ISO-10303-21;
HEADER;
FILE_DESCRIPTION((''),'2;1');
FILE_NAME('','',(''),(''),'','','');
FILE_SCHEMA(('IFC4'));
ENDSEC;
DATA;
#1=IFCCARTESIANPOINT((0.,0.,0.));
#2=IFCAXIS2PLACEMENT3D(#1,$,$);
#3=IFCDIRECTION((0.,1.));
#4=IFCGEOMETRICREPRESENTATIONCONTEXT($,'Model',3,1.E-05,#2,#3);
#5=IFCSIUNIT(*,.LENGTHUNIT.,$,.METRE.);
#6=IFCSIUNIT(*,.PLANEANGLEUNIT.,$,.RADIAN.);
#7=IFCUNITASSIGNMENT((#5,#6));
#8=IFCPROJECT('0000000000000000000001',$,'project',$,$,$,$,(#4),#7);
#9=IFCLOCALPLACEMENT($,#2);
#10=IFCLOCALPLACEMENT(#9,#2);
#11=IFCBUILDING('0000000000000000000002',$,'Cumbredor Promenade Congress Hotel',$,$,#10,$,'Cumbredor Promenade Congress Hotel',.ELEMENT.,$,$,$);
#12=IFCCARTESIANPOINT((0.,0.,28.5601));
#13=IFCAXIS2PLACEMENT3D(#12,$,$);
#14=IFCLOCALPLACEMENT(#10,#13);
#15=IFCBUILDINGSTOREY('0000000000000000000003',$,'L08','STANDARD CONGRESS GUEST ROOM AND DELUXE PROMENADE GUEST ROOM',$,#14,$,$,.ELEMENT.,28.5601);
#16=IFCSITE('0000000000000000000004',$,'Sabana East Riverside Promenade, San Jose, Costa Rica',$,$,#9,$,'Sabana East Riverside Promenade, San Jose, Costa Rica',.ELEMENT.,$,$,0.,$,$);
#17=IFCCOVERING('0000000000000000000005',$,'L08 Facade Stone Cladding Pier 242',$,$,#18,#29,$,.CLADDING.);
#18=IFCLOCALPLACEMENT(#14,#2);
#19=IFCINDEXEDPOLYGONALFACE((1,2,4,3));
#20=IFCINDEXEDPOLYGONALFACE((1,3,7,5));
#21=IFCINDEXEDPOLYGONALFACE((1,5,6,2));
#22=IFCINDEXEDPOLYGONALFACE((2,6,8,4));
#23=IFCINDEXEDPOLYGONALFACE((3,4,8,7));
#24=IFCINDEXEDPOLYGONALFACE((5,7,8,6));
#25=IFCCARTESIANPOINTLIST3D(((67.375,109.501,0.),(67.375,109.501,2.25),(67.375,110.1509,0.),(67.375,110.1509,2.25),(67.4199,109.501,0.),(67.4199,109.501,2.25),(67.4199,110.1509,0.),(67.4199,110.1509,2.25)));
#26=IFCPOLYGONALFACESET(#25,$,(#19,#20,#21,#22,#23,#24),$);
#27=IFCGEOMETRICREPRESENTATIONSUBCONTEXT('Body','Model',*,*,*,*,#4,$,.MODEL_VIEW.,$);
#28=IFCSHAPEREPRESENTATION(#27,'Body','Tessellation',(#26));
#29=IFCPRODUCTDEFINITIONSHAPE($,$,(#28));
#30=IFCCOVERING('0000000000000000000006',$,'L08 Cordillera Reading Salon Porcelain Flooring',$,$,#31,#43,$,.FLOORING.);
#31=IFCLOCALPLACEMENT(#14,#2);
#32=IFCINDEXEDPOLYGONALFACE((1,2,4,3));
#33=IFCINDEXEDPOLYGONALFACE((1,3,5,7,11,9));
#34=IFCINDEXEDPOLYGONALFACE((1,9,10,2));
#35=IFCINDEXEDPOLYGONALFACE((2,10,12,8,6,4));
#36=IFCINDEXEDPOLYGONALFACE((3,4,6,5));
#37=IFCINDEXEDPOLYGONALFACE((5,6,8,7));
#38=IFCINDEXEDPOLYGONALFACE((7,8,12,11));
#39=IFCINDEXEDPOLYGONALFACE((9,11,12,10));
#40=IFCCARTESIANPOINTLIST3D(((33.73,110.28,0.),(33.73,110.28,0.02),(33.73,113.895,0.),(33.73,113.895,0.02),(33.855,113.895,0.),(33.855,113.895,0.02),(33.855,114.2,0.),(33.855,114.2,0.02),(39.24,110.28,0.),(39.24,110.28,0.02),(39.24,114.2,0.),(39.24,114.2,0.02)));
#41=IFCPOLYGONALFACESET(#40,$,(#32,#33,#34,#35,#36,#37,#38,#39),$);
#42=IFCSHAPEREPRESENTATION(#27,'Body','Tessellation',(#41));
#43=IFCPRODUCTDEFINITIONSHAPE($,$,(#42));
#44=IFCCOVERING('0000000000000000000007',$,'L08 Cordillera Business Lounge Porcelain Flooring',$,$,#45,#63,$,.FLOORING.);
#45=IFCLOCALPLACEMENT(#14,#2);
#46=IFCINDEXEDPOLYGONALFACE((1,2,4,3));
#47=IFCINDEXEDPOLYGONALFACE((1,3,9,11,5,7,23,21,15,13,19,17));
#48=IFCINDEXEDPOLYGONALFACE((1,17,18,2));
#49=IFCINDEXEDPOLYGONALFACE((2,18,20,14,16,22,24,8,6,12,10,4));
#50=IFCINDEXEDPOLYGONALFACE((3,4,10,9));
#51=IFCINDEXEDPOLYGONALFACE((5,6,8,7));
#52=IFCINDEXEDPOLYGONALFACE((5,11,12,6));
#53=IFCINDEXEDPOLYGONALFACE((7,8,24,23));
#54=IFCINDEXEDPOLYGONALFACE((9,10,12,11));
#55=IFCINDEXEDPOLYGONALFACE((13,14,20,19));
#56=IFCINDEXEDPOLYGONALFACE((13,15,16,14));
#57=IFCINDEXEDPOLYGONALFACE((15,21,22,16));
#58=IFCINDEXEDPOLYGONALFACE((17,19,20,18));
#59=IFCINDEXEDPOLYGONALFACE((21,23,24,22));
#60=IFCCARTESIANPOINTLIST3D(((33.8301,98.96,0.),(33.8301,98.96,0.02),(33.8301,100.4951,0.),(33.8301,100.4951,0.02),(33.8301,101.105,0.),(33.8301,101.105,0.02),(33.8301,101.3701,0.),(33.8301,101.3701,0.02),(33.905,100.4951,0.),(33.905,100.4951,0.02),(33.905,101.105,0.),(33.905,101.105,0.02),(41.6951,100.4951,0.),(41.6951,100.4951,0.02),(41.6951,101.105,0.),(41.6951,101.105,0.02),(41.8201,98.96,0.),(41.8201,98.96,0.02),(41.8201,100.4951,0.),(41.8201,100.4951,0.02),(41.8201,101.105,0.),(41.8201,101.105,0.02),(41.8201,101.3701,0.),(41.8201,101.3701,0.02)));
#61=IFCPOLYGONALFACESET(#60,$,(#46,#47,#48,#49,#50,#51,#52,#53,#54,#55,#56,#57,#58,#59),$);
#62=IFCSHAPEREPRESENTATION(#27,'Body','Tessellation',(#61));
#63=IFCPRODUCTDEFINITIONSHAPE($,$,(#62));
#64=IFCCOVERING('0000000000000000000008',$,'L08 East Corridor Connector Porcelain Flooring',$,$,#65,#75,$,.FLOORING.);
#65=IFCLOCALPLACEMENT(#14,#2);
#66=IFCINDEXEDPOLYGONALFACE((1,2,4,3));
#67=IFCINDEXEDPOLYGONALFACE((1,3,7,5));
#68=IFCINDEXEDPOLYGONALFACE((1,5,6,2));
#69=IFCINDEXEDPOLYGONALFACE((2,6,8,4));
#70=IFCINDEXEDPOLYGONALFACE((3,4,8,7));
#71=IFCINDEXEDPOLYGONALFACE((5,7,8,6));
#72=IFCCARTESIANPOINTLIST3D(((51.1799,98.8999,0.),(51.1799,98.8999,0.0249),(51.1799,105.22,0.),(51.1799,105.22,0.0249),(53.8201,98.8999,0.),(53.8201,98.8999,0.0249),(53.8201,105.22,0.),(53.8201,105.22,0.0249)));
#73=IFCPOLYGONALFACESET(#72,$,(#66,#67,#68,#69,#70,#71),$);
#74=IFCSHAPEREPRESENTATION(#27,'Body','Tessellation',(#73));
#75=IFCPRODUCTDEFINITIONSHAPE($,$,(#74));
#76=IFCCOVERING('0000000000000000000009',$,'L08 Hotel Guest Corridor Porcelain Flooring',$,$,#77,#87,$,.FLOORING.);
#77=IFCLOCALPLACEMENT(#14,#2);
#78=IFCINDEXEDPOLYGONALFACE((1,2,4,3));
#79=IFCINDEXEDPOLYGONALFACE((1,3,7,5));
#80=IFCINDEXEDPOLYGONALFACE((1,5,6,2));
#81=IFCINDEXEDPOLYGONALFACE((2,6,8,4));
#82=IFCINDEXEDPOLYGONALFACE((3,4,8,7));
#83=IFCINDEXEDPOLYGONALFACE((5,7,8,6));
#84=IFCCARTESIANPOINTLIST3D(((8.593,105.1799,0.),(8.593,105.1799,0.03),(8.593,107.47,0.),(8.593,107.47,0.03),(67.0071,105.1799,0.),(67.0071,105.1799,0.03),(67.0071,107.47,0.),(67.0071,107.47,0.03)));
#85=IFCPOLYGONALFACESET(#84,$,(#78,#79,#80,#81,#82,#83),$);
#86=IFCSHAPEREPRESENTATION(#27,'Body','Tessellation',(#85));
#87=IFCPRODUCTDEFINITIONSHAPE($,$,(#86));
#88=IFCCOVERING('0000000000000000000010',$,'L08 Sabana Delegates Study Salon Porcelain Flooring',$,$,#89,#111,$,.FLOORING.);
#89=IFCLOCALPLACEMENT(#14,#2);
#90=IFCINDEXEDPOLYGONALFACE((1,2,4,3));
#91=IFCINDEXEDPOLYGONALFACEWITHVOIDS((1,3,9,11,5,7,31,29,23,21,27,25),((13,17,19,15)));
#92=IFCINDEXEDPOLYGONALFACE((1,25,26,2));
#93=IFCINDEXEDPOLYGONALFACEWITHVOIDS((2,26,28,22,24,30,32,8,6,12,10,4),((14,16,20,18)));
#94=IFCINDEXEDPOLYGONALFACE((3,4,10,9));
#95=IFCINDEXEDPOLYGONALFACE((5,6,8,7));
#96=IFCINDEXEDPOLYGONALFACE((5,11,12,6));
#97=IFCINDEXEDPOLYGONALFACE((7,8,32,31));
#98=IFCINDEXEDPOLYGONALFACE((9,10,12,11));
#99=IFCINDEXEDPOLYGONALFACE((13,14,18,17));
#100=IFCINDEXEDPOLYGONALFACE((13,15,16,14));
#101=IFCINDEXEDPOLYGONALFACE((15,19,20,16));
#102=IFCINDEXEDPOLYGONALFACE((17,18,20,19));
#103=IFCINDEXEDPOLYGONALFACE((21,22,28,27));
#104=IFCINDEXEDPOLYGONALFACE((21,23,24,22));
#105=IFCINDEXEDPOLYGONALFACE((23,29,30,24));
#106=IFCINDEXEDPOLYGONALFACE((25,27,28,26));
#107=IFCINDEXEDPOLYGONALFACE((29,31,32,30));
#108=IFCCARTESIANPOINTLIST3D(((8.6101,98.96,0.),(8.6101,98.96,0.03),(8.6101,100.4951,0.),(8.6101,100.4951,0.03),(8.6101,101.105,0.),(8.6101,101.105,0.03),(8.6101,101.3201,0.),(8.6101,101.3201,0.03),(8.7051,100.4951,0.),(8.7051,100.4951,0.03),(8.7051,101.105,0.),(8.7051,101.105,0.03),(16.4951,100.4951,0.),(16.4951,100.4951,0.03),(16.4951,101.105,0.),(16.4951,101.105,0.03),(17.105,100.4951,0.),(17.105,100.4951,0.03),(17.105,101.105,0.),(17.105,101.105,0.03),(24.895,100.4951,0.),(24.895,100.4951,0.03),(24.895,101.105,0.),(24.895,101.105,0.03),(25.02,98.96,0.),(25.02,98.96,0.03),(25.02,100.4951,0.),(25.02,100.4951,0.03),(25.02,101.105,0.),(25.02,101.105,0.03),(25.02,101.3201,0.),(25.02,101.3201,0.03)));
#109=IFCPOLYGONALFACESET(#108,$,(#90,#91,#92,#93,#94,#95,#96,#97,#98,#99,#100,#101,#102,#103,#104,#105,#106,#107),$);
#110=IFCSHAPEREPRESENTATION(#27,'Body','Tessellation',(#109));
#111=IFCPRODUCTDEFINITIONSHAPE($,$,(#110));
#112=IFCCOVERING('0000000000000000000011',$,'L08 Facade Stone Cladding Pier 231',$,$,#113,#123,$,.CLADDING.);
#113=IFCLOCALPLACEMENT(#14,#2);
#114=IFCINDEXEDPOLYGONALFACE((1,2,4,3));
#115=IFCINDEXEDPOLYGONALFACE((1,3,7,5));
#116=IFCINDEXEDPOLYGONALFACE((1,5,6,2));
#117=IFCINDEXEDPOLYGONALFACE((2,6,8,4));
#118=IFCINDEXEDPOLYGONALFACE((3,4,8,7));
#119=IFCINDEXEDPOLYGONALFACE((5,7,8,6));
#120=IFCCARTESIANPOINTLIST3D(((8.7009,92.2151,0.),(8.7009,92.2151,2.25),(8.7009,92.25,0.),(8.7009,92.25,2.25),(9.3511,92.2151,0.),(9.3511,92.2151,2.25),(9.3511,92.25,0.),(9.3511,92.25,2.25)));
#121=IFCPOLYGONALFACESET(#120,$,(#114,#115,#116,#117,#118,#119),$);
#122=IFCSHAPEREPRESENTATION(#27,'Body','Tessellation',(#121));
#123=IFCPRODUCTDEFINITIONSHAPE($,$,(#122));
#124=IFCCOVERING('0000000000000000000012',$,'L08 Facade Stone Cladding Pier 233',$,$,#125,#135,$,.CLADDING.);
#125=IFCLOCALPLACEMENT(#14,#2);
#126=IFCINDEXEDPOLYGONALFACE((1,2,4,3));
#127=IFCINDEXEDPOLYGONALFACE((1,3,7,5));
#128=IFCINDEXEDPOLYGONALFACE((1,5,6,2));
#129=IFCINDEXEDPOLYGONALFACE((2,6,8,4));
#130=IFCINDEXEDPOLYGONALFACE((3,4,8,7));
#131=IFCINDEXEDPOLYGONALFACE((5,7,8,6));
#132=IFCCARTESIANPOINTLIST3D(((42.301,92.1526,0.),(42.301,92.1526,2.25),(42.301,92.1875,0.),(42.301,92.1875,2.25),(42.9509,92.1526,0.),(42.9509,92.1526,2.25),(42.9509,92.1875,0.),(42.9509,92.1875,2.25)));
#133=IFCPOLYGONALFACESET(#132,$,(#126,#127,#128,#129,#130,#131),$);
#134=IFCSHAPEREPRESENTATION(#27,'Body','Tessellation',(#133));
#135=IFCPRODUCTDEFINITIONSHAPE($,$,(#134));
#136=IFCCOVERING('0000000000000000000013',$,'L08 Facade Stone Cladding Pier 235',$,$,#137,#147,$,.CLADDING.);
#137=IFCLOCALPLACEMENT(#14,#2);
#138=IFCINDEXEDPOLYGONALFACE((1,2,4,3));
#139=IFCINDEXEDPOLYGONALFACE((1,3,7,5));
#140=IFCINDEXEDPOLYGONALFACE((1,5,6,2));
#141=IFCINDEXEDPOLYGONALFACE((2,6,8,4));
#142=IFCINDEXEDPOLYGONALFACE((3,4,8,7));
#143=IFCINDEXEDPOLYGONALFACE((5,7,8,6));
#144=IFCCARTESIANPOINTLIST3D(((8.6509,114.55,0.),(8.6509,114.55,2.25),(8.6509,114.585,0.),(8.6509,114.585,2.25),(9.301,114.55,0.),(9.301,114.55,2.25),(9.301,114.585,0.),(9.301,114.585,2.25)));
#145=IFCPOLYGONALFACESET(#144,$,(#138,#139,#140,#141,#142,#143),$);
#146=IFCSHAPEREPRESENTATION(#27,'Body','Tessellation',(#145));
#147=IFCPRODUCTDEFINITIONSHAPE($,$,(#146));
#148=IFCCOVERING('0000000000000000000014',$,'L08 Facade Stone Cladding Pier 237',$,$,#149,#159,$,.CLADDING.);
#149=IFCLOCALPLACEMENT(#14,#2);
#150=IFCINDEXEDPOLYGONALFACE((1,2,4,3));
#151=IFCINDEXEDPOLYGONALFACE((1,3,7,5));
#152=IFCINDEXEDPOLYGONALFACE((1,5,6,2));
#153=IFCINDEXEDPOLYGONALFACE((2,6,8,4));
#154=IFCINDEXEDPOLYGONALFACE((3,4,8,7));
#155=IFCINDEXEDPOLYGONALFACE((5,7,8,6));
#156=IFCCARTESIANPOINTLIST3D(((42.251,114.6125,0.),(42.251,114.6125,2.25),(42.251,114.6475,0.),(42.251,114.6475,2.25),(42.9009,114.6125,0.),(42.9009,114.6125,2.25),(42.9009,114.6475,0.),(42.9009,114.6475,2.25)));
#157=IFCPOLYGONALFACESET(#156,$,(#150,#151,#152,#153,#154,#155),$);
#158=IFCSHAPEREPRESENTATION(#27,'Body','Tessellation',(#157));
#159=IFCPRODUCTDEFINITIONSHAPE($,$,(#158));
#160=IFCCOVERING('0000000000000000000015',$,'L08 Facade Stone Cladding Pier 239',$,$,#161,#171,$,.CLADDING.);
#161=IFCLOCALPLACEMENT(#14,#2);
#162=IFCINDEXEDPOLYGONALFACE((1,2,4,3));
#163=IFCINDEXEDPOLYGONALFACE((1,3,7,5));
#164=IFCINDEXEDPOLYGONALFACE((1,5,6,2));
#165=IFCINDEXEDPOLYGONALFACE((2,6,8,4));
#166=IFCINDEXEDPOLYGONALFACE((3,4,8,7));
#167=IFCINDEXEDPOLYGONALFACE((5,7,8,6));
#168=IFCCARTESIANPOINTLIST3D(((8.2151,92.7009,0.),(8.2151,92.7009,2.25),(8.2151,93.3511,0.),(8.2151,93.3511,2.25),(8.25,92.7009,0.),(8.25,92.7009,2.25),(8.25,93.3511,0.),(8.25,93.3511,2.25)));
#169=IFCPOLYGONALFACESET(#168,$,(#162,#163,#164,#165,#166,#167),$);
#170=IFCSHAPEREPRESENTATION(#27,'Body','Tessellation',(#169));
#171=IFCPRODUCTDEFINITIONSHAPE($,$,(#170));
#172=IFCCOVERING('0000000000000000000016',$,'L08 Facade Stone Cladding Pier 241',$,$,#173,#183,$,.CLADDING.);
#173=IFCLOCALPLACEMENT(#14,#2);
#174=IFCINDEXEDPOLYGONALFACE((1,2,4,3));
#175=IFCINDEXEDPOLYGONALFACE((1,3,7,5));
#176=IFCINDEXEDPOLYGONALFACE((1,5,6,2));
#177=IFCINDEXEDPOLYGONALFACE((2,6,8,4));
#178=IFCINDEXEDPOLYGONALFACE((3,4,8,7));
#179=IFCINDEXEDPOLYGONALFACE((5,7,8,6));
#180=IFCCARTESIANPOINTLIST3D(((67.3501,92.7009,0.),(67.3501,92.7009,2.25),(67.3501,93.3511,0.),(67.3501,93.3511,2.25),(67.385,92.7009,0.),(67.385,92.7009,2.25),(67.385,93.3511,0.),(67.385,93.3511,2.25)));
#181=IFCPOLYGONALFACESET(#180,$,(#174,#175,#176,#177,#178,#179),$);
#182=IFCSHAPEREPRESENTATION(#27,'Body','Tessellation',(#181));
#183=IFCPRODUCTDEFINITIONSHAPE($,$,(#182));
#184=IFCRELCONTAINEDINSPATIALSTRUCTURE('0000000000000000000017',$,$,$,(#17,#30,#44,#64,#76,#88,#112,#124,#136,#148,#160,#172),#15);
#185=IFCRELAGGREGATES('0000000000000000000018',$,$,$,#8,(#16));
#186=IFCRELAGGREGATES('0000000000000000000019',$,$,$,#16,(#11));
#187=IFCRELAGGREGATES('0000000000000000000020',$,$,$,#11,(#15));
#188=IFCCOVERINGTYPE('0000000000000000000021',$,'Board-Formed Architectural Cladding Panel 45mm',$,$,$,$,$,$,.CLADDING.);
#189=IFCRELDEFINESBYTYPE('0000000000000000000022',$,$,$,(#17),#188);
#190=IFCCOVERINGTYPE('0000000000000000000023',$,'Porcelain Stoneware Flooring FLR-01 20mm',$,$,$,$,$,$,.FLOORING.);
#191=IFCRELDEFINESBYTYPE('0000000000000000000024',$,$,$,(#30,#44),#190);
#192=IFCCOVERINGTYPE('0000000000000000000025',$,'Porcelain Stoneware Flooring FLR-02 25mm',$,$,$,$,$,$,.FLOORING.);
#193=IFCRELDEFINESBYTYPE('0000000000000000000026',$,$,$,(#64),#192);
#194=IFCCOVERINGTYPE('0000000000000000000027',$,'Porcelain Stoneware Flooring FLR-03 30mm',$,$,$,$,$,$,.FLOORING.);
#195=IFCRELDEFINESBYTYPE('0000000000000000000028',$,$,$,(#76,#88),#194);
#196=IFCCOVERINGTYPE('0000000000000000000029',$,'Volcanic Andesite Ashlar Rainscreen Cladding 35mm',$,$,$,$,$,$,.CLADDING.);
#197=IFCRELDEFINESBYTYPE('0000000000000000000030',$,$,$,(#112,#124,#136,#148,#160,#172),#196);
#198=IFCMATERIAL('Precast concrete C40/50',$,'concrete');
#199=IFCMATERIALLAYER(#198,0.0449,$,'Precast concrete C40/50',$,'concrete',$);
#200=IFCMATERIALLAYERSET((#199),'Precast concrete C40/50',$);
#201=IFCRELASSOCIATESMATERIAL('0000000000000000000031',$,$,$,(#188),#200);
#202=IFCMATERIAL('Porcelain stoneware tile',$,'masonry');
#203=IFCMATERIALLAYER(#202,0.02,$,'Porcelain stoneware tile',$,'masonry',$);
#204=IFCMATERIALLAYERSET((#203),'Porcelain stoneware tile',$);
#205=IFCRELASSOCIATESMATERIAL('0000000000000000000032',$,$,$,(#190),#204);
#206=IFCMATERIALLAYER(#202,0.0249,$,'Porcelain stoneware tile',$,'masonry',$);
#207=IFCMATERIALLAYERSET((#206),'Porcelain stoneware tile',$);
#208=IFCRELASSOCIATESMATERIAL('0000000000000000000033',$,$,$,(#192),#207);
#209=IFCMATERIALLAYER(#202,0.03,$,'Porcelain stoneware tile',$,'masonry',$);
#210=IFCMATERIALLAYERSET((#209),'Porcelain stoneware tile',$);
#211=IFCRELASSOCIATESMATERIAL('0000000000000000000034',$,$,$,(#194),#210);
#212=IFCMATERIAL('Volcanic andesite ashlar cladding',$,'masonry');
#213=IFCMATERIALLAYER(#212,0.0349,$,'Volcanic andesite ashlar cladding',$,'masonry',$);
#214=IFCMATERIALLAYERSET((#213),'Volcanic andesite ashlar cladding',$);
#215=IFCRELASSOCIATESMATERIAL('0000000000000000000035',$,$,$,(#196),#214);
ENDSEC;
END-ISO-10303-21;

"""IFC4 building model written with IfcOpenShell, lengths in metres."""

from ifc_helpers import new_model, si_unit, direction, frame, origin, place, context, subcontext, project, spatial, polyline, outline, extrude, material, layer, layer_set, type_object, element, save


model = new_model("IFC4")

# Units and contexts
model_context = context("Model", 3, precision=1e-05, world=origin(), true_north=direction((0.0, 1.0)))
body_context = subcontext(model_context, "Body", "Model", "MODEL_VIEW")
ifc_project = project(units=[si_unit("LENGTHUNIT", "METRE"), si_unit("PLANEANGLEUNIT", "RADIAN")], contexts=[model_context])

# Site, building, storey
site_placement = place(None, origin())
site = spatial("IfcSite", under=ifc_project, at=site_placement, Name="Sabana East Riverside Promenade, San Jose, Costa Rica", LongName="Sabana East Riverside Promenade, San Jose, Costa Rica", CompositionType="ELEMENT", RefElevation=0.0)
building_placement = place(site_placement, origin())
building = spatial("IfcBuilding", under=site, at=building_placement, Name="Cumbredor Promenade Congress Hotel", LongName="Cumbredor Promenade Congress Hotel", CompositionType="ELEMENT")
storey_placement = place(building_placement, frame((0.0, 0.0, 28.5601)))
storey = spatial("IfcBuildingStorey", under=building, at=storey_placement, Name="L08", Description="STANDARD CONGRESS GUEST ROOM AND DELUXE PROMENADE GUEST ROOM", CompositionType="ELEMENT", Elevation=28.5601)

# Coverings
ifc_material_1 = material(Name="Precast concrete C40/50", Category="concrete")
ifc_layer_1 = layer(ifc_material_1, 0.0449, Name="Precast concrete C40/50", Category="concrete")
ifc_layer_set_1 = layer_set([ifc_layer_1], Name="Precast concrete C40/50")
covering_type_1 = type_object("IfcCoveringType", Name="Board-Formed Architectural Cladding Panel 45mm", PredefinedType="CLADDING", material=ifc_layer_set_1)
covering_1_placement = place(storey_placement, origin())
element("IfcCovering", 1, at=covering_1_placement, inside=storey, type_object=covering_type_1, Name="L08 Facade Stone Cladding Pier 242", PredefinedType="CLADDING", context=body_context, shape_type="SweptSolid", body=[
    extrude(outline(polyline([(67.375, 109.501), (67.375, 110.1509), (67.4199, 110.1509), (67.4199, 109.501), (67.375, 109.501)])), origin(), (0.0, 0.0, 1.0), 2.25),
])
ifc_material_2 = material(Name="Porcelain stoneware tile", Category="masonry")
ifc_layer_2 = layer(ifc_material_2, 0.02, Name="Porcelain stoneware tile", Category="masonry")
ifc_layer_set_2 = layer_set([ifc_layer_2], Name="Porcelain stoneware tile")
covering_type_2 = type_object("IfcCoveringType", Name="Porcelain Stoneware Flooring FLR-01 20mm", PredefinedType="FLOORING", material=ifc_layer_set_2)
covering_2_placement = place(storey_placement, origin())
element("IfcCovering", 2, at=covering_2_placement, inside=storey, type_object=covering_type_2, Name="L08 Cordillera Reading Salon Porcelain Flooring", PredefinedType="FLOORING", context=body_context, shape_type="SweptSolid", body=[
    extrude(outline(polyline([(39.24, 114.2), (39.24, 110.28), (33.73, 110.28), (33.73, 113.895), (33.855, 113.895), (33.855, 114.2), (39.24, 114.2)])), origin(), (0.0, 0.0, 1.0), 0.02),
])
covering_3_placement = place(storey_placement, origin())
element("IfcCovering", 3, at=covering_3_placement, inside=storey, type_object=covering_type_2, Name="L08 Cordillera Business Lounge Porcelain Flooring", PredefinedType="FLOORING", context=body_context, shape_type="SweptSolid", body=[
    extrude(outline(polyline([(41.8201, 101.3701), (41.8201, 101.105), (41.6951, 101.105), (41.6951, 100.4951), (41.8201, 100.4951), (41.8201, 98.96), (33.8301, 98.96), (33.8301, 100.4951), (33.905, 100.4951), (33.905, 101.105), (33.8301, 101.105), (33.8301, 101.3701), (41.8201, 101.3701)])), origin(), (0.0, 0.0, 1.0), 0.02),
])
ifc_layer_3 = layer(ifc_material_2, 0.0249, Name="Porcelain stoneware tile", Category="masonry")
ifc_layer_set_3 = layer_set([ifc_layer_3], Name="Porcelain stoneware tile")
covering_type_3 = type_object("IfcCoveringType", Name="Porcelain Stoneware Flooring FLR-02 25mm", PredefinedType="FLOORING", material=ifc_layer_set_3)
covering_4_placement = place(storey_placement, origin())
element("IfcCovering", 4, at=covering_4_placement, inside=storey, type_object=covering_type_3, Name="L08 East Corridor Connector Porcelain Flooring", PredefinedType="FLOORING", context=body_context, shape_type="SweptSolid", body=[
    extrude(outline(polyline([(53.8201, 98.8999), (53.8201, 105.22), (51.1799, 105.22), (51.1799, 98.8999), (53.8201, 98.8999)])), origin(), (0.0, 0.0, 1.0), 0.0249),
])
ifc_layer_4 = layer(ifc_material_2, 0.03, Name="Porcelain stoneware tile", Category="masonry")
ifc_layer_set_4 = layer_set([ifc_layer_4], Name="Porcelain stoneware tile")
covering_type_4 = type_object("IfcCoveringType", Name="Porcelain Stoneware Flooring FLR-03 30mm", PredefinedType="FLOORING", material=ifc_layer_set_4)
covering_5_placement = place(storey_placement, origin())
element("IfcCovering", 5, at=covering_5_placement, inside=storey, type_object=covering_type_4, Name="L08 Hotel Guest Corridor Porcelain Flooring", PredefinedType="FLOORING", context=body_context, shape_type="SweptSolid", body=[
    extrude(outline(polyline([(67.0071, 105.1799), (67.0071, 107.47), (8.593, 107.47), (8.593, 105.1799), (67.0071, 105.1799)])), origin(), (0.0, 0.0, 1.0), 0.03),
])
covering_6_placement = place(storey_placement, origin())
element("IfcCovering", 6, at=covering_6_placement, inside=storey, type_object=covering_type_4, Name="L08 Sabana Delegates Study Salon Porcelain Flooring", PredefinedType="FLOORING", context=body_context, shape_type="SweptSolid", body=[
    extrude(outline(polyline([(25.02, 101.105), (24.895, 101.105), (24.895, 100.4951), (25.02, 100.4951), (25.02, 98.96), (8.6101, 98.96), (8.6101, 100.4951), (8.7051, 100.4951), (8.7051, 101.105), (8.6101, 101.105), (8.6101, 101.3201), (25.02, 101.3201), (25.02, 101.105)]), holes=[polyline([(16.4951, 101.105), (16.4951, 100.4951), (17.105, 100.4951), (17.105, 101.105), (16.4951, 101.105)])]), origin(), (0.0, 0.0, 1.0), 0.03),
])
ifc_material_3 = material(Name="Volcanic andesite ashlar cladding", Category="masonry")
ifc_layer_5 = layer(ifc_material_3, 0.0349, Name="Volcanic andesite ashlar cladding", Category="masonry")
ifc_layer_set_5 = layer_set([ifc_layer_5], Name="Volcanic andesite ashlar cladding")
covering_type_5 = type_object("IfcCoveringType", Name="Volcanic Andesite Ashlar Rainscreen Cladding 35mm", PredefinedType="CLADDING", material=ifc_layer_set_5)
covering_7_placement = place(storey_placement, origin())
element("IfcCovering", 7, at=covering_7_placement, inside=storey, type_object=covering_type_5, Name="L08 Facade Stone Cladding Pier 231", PredefinedType="CLADDING", context=body_context, shape_type="SweptSolid", body=[
    extrude(outline(polyline([(8.7009, 92.25), (9.3511, 92.25), (9.3511, 92.2151), (8.7009, 92.2151), (8.7009, 92.25)])), origin(), (0.0, 0.0, 1.0), 2.25),
])
covering_8_placement = place(storey_placement, origin())
element("IfcCovering", 8, at=covering_8_placement, inside=storey, type_object=covering_type_5, Name="L08 Facade Stone Cladding Pier 233", PredefinedType="CLADDING", context=body_context, shape_type="SweptSolid", body=[
    extrude(outline(polyline([(42.301, 92.1875), (42.9509, 92.1875), (42.9509, 92.1526), (42.301, 92.1526), (42.301, 92.1875)])), origin(), (0.0, 0.0, 1.0), 2.25),
])
covering_9_placement = place(storey_placement, origin())
element("IfcCovering", 9, at=covering_9_placement, inside=storey, type_object=covering_type_5, Name="L08 Facade Stone Cladding Pier 235", PredefinedType="CLADDING", context=body_context, shape_type="SweptSolid", body=[
    extrude(outline(polyline([(8.6509, 114.55), (9.301, 114.55), (9.301, 114.585), (8.6509, 114.585), (8.6509, 114.55)])), origin(), (0.0, 0.0, 1.0), 2.25),
])
covering_10_placement = place(storey_placement, origin())
element("IfcCovering", 10, at=covering_10_placement, inside=storey, type_object=covering_type_5, Name="L08 Facade Stone Cladding Pier 237", PredefinedType="CLADDING", context=body_context, shape_type="SweptSolid", body=[
    extrude(outline(polyline([(42.251, 114.6125), (42.9009, 114.6125), (42.9009, 114.6475), (42.251, 114.6475), (42.251, 114.6125)])), origin(), (0.0, 0.0, 1.0), 2.25),
])
covering_11_placement = place(storey_placement, origin())
element("IfcCovering", 11, at=covering_11_placement, inside=storey, type_object=covering_type_5, Name="L08 Facade Stone Cladding Pier 239", PredefinedType="CLADDING", context=body_context, shape_type="SweptSolid", body=[
    extrude(outline(polyline([(8.25, 92.7009), (8.25, 93.3511), (8.2151, 93.3511), (8.2151, 92.7009), (8.25, 92.7009)])), origin(), (0.0, 0.0, 1.0), 2.25),
])
covering_12_placement = place(storey_placement, origin())
element("IfcCovering", 12, at=covering_12_placement, inside=storey, type_object=covering_type_5, Name="L08 Facade Stone Cladding Pier 241", PredefinedType="CLADDING", context=body_context, shape_type="SweptSolid", body=[
    extrude(outline(polyline([(67.3501, 92.7009), (67.3501, 93.3511), (67.385, 93.3511), (67.385, 92.7009), (67.3501, 92.7009)])), origin(), (0.0, 0.0, 1.0), 2.25),
])

save(model, "model.ifc")
